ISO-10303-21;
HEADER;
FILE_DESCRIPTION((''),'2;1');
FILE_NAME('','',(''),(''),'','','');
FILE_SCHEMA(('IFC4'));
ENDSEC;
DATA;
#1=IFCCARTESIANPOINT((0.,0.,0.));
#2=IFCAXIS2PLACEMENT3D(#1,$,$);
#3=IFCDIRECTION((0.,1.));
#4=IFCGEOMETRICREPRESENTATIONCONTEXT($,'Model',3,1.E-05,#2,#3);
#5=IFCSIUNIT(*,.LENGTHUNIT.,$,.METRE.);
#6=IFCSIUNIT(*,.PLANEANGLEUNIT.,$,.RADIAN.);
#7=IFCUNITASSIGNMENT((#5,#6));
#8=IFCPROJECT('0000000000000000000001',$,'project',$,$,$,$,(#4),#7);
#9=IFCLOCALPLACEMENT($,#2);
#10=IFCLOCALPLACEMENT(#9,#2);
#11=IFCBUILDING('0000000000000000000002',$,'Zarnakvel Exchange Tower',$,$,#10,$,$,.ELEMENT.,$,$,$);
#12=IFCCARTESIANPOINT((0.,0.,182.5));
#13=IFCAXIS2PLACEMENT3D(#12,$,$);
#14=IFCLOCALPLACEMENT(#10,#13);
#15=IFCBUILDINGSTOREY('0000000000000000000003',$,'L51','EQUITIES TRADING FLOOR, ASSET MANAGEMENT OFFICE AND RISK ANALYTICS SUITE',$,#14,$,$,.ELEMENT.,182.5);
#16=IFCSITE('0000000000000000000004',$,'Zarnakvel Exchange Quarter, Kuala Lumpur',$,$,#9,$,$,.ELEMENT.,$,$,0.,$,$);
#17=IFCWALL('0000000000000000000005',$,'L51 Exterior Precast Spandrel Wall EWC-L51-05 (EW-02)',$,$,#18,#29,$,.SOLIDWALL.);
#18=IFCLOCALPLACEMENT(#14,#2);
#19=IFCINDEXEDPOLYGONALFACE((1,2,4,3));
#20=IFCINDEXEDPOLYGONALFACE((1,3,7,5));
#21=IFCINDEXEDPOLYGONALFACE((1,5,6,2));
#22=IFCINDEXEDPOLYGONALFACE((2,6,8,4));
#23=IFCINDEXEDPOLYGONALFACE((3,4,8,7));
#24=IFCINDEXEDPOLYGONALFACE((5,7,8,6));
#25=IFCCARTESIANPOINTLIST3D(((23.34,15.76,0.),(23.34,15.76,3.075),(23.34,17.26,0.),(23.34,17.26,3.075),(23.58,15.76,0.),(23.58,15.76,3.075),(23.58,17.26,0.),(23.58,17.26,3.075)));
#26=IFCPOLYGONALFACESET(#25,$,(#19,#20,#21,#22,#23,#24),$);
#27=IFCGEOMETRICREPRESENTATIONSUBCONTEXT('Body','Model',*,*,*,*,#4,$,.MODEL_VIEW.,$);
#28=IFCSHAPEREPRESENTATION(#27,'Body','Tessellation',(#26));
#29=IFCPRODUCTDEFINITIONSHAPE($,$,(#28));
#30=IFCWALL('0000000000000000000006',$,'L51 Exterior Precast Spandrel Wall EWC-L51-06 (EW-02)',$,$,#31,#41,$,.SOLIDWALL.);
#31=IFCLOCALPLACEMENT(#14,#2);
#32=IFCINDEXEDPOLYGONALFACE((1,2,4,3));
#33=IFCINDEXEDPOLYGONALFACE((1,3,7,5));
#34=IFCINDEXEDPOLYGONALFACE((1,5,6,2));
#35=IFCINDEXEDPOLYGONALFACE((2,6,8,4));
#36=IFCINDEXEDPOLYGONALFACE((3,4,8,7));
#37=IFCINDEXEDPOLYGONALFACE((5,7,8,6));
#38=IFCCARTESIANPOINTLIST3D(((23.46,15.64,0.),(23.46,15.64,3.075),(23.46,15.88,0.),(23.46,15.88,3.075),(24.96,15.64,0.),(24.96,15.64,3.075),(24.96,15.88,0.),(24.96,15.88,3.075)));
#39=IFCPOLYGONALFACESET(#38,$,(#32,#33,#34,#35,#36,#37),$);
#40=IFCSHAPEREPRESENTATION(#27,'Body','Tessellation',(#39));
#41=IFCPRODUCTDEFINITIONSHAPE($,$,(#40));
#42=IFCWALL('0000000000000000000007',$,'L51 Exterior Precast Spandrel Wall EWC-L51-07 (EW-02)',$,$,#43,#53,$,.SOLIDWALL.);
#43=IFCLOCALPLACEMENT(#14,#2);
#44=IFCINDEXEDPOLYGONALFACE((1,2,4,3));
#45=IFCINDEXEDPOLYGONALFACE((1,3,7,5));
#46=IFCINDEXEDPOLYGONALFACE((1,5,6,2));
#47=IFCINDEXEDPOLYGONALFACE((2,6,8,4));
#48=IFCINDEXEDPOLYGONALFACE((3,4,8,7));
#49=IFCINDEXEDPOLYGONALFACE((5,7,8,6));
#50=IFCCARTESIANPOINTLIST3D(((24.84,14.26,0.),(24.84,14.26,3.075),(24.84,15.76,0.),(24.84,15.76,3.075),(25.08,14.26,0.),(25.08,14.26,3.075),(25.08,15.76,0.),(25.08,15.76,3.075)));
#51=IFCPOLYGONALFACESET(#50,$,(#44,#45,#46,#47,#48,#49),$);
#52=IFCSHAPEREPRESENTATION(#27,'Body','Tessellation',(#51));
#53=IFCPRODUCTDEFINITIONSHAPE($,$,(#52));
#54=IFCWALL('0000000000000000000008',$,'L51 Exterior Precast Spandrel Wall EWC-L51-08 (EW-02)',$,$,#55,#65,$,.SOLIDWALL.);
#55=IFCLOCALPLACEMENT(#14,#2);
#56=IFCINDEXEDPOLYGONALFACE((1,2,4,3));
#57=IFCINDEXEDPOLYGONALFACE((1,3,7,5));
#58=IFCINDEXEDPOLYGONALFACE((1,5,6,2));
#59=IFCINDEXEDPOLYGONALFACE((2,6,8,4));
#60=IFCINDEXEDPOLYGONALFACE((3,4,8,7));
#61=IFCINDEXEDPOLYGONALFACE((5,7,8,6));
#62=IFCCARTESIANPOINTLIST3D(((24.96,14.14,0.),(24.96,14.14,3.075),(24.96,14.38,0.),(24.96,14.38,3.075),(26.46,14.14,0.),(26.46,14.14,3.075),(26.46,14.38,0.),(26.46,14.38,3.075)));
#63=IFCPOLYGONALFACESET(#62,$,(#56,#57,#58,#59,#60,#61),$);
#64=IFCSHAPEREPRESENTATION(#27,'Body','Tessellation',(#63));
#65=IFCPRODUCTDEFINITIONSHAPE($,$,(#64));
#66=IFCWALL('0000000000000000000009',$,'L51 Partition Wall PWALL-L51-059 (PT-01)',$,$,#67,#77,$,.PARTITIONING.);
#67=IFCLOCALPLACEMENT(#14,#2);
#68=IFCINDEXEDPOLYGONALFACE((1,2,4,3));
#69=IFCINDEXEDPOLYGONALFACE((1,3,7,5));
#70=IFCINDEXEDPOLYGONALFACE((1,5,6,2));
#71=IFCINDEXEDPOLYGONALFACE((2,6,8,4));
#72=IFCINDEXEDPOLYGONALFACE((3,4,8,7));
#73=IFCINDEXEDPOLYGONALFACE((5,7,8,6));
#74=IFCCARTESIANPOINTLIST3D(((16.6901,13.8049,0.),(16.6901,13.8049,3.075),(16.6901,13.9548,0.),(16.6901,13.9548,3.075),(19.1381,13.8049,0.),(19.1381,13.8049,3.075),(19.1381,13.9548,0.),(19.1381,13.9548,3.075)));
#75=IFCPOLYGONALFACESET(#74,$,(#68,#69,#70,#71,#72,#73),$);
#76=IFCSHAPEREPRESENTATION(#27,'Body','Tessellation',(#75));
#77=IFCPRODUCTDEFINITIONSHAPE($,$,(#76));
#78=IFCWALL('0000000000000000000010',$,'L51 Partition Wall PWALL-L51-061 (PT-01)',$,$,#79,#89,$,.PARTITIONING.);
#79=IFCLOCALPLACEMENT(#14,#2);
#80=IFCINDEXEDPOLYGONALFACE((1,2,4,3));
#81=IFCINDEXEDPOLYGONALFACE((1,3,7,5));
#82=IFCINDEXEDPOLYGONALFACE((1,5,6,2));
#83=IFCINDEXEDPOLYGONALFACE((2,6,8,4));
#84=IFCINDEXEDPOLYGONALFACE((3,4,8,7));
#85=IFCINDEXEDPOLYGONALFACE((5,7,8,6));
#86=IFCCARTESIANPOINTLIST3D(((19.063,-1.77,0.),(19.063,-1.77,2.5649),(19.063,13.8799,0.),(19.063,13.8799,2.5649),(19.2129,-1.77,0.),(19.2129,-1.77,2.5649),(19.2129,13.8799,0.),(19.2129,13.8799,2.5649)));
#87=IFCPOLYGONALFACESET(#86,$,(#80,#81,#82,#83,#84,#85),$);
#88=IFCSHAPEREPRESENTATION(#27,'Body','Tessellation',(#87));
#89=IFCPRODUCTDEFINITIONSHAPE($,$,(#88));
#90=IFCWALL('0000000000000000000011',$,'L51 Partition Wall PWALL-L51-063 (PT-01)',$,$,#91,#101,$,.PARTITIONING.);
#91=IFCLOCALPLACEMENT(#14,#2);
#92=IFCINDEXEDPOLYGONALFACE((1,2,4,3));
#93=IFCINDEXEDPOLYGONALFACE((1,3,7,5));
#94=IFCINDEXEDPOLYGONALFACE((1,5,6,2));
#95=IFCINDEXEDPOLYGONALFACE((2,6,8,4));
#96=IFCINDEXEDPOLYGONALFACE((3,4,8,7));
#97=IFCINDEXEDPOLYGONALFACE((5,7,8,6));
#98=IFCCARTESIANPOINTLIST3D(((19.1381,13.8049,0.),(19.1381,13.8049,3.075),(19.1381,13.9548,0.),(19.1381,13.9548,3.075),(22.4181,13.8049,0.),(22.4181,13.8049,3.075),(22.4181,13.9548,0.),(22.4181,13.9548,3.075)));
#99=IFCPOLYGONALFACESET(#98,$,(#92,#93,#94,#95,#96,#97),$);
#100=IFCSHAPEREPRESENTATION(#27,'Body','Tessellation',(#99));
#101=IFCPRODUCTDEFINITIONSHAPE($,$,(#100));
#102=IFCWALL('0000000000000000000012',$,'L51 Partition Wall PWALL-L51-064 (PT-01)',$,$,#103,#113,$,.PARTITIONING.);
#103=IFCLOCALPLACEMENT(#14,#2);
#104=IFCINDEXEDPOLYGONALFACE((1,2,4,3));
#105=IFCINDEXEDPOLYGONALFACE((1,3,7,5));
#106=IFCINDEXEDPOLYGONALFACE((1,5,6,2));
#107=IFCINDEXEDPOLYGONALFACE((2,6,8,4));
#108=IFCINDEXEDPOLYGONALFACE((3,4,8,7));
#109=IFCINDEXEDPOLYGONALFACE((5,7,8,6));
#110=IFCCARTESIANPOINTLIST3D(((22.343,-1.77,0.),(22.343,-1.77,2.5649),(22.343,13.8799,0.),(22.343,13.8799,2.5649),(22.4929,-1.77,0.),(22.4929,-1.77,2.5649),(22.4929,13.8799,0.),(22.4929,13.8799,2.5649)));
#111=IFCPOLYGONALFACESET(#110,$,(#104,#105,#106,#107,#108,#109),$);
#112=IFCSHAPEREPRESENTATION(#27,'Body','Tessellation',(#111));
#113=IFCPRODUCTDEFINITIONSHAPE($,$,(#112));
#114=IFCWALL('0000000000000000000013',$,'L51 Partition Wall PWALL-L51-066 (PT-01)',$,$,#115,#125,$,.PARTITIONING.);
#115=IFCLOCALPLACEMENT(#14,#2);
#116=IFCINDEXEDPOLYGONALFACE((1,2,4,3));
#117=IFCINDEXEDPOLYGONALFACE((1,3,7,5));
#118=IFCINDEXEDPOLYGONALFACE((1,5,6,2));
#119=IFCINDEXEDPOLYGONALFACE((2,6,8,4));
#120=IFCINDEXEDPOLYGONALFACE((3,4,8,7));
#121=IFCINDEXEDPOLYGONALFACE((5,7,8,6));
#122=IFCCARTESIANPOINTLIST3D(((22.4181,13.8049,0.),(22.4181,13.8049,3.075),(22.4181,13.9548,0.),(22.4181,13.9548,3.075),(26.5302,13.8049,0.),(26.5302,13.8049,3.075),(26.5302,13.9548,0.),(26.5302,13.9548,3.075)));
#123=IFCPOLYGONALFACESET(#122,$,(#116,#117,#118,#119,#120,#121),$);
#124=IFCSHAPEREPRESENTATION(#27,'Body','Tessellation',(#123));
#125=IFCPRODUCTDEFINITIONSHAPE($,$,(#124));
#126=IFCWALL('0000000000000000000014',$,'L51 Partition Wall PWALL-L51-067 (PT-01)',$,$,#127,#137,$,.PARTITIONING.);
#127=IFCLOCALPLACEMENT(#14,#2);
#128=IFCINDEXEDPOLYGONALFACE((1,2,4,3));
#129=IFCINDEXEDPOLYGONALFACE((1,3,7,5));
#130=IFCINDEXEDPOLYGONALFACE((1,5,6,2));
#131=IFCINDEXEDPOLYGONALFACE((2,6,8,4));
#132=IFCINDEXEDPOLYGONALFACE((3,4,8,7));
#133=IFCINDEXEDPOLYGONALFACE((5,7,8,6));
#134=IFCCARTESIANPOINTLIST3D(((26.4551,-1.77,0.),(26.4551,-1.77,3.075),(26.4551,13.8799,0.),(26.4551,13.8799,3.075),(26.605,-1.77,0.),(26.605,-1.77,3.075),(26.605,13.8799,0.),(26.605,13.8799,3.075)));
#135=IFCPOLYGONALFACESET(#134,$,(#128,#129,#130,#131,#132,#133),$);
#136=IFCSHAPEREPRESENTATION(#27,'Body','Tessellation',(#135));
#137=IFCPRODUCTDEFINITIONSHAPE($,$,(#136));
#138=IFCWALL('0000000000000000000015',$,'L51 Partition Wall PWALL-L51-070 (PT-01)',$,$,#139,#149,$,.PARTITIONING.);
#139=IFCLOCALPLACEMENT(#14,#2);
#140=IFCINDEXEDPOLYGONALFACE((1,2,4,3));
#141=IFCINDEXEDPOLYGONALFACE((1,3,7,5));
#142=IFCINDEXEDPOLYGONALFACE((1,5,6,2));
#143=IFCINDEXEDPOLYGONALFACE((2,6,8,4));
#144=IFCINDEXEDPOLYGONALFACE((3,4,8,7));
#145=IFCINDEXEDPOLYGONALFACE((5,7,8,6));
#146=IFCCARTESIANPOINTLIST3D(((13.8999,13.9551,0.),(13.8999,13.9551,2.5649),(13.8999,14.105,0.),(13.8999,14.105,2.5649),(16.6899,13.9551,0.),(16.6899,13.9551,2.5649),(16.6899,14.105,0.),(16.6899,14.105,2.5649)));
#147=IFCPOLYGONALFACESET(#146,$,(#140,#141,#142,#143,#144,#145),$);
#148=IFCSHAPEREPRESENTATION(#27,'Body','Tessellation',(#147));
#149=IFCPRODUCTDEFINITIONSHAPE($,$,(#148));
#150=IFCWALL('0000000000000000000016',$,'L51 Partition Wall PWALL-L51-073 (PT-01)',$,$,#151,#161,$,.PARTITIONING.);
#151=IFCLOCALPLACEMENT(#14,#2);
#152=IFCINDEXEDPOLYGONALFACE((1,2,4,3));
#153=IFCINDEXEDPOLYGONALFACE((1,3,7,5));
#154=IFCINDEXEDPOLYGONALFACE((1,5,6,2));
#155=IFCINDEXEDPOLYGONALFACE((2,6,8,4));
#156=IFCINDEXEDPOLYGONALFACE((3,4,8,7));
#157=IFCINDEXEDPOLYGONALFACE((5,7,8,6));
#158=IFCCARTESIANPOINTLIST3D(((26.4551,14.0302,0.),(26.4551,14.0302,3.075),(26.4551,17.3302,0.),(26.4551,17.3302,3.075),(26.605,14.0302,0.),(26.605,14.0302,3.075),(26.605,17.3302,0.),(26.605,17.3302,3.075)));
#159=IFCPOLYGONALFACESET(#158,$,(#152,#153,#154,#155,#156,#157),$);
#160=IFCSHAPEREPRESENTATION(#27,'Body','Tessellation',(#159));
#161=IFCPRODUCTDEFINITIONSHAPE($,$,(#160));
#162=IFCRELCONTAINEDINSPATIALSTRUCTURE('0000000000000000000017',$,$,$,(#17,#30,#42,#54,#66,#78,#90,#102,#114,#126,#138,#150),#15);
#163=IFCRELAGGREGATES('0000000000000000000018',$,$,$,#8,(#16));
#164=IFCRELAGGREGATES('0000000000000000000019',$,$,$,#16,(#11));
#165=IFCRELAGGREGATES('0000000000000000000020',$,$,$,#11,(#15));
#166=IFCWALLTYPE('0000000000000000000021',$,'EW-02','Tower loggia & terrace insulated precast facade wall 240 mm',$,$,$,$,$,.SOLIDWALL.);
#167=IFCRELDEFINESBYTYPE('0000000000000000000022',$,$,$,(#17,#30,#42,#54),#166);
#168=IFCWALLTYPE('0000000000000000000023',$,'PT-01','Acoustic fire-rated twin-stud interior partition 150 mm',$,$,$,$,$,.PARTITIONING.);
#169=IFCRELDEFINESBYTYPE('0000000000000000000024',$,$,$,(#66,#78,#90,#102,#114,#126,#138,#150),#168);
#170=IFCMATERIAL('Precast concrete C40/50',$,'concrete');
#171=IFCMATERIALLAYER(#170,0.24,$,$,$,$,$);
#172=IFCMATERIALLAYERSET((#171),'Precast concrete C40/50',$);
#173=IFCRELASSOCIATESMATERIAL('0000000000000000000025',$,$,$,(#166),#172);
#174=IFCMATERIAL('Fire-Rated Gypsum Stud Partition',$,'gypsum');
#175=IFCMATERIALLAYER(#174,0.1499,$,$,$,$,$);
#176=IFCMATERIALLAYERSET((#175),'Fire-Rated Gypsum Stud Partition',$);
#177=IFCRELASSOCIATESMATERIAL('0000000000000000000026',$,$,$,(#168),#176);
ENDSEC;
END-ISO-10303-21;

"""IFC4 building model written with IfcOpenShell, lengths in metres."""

from ifc_helpers import new_model, si_unit, direction, frame, frame_2d, origin, place, context, subcontext, project, spatial, rectangle, extrude, material, layer, layer_set, type_object, element, save


model = new_model("IFC4")

# Units and contexts
model_context = context("Model", 3, precision=1e-05, world=origin(), true_north=direction((0.0, 1.0)))
body_context = subcontext(model_context, "Body", "Model", "MODEL_VIEW")
ifc_project = project(units=[si_unit("LENGTHUNIT", "METRE"), si_unit("PLANEANGLEUNIT", "RADIAN")], contexts=[model_context])

# Site, building, storey
site_placement = place(None, origin())
site = spatial("IfcSite", under=ifc_project, at=site_placement, Name="Zarnakvel Exchange Quarter, Kuala Lumpur", CompositionType="ELEMENT", RefElevation=0.0)
building_placement = place(site_placement, origin())
building = spatial("IfcBuilding", under=site, at=building_placement, Name="Zarnakvel Exchange Tower", CompositionType="ELEMENT")
storey_placement = place(building_placement, frame((0.0, 0.0, 182.5)))
storey = spatial("IfcBuildingStorey", under=building, at=storey_placement, Name="L51", Description="EQUITIES TRADING FLOOR, ASSET MANAGEMENT OFFICE AND RISK ANALYTICS SUITE", CompositionType="ELEMENT", Elevation=182.5)

# Walls
ifc_material_1 = material(Name="Precast concrete C40/50", Category="concrete")
ifc_layer_1 = layer(ifc_material_1, 0.24)
ifc_layer_set_1 = layer_set([ifc_layer_1], Name="Precast concrete C40/50")
wall_type_1 = type_object("IfcWallType", Name="EW-02", Description="Tower loggia & terrace insulated precast facade wall 240 mm", PredefinedType="SOLIDWALL", material=ifc_layer_set_1)
for number, where, z_axis, x_axis, name in (
    (1, (23.46, 15.76, 0.0), (0.0, 0.0, 1.0), (0.0, 1.0, 0.0), "L51 Exterior Precast Spandrel Wall EWC-L51-05 (EW-02)"),
    (2, (24.96, 15.76, 0.0), (0.0, 0.0, 1.0), (-1.0, 0.0, 0.0), "L51 Exterior Precast Spandrel Wall EWC-L51-06 (EW-02)"),
    (3, (24.96, 14.26, 0.0), (0.0, 0.0, 1.0), (0.0, 1.0, 0.0), "L51 Exterior Precast Spandrel Wall EWC-L51-07 (EW-02)"),
    (4, (26.46, 14.26, 0.0), (0.0, 0.0, 1.0), (-1.0, 0.0, 0.0), "L51 Exterior Precast Spandrel Wall EWC-L51-08 (EW-02)"),
):
    element("IfcWall", number, at=place(storey_placement, frame(where, z_axis=z_axis, x_axis=x_axis)), inside=storey, type_object=wall_type_1, Name=name, PredefinedType="SOLIDWALL", context=body_context, shape_type="SweptSolid", body=[
        extrude(rectangle(XDim=1.5, YDim=0.24, at=frame_2d((0.75, 0.0))), origin(), (0.0, 0.0, 1.0), 3.075),
    ])
ifc_material_2 = material(Name="Fire-Rated Gypsum Stud Partition", Category="gypsum")
ifc_layer_2 = layer(ifc_material_2, 0.1499)
ifc_layer_set_2 = layer_set([ifc_layer_2], Name="Fire-Rated Gypsum Stud Partition")
wall_type_2 = type_object("IfcWallType", Name="PT-01", Description="Acoustic fire-rated twin-stud interior partition 150 mm", PredefinedType="PARTITIONING", material=ifc_layer_set_2)
wall_1_placement = place(storey_placement, frame((16.6899, 13.8799, 0.0), z_axis=(0.0, 0.0, 1.0), x_axis=(1.0, 0.0, 0.0)))
element("IfcWall", 5, at=wall_1_placement, inside=storey, type_object=wall_type_2, Name="L51 Partition Wall PWALL-L51-059 (PT-01)", PredefinedType="PARTITIONING", context=body_context, shape_type="SweptSolid", body=[
    extrude(rectangle(XDim=2.448, YDim=0.1499, at=frame_2d((1.2241, 0.0))), origin(), (0.0, 0.0, 1.0), 3.075),
])
wall_2_placement = place(storey_placement, frame((19.1379, 13.8799, 0.0), z_axis=(0.0, 0.0, 1.0), x_axis=(0.0, -1.0, 0.0)))
element("IfcWall", 6, at=wall_2_placement, inside=storey, type_object=wall_type_2, Name="L51 Partition Wall PWALL-L51-061 (PT-01)", PredefinedType="PARTITIONING", context=body_context, shape_type="SweptSolid", body=[
    extrude(rectangle(XDim=15.6499, YDim=0.1499, at=frame_2d((7.825, 0.0))), origin(), (0.0, 0.0, 1.0), 2.5649),
])
wall_3_placement = place(storey_placement, frame((19.1379, 13.8799, 0.0), z_axis=(0.0, 0.0, 1.0), x_axis=(1.0, 0.0, 0.0)))
element("IfcWall", 7, at=wall_3_placement, inside=storey, type_object=wall_type_2, Name="L51 Partition Wall PWALL-L51-063 (PT-01)", PredefinedType="PARTITIONING", context=body_context, shape_type="SweptSolid", body=[
    extrude(rectangle(XDim=3.28, YDim=0.1499, at=frame_2d((1.6401, 0.0))), origin(), (0.0, 0.0, 1.0), 3.075),
])
wall_4_placement = place(storey_placement, frame((22.418, 13.8799, 0.0), z_axis=(0.0, 0.0, 1.0), x_axis=(0.0, -1.0, 0.0)))
element("IfcWall", 8, at=wall_4_placement, inside=storey, type_object=wall_type_2, Name="L51 Partition Wall PWALL-L51-064 (PT-01)", PredefinedType="PARTITIONING", context=body_context, shape_type="SweptSolid", body=[
    extrude(rectangle(XDim=15.6499, YDim=0.1499, at=frame_2d((7.825, 0.0))), origin(), (0.0, 0.0, 1.0), 2.5649),
])
wall_5_placement = place(storey_placement, frame((22.418, 13.8799, 0.0), z_axis=(0.0, 0.0, 1.0), x_axis=(1.0, 0.0, 0.0)))
element("IfcWall", 9, at=wall_5_placement, inside=storey, type_object=wall_type_2, Name="L51 Partition Wall PWALL-L51-066 (PT-01)", PredefinedType="PARTITIONING", context=body_context, shape_type="SweptSolid", body=[
    extrude(rectangle(XDim=4.1121, YDim=0.1499, at=frame_2d((2.0562, 0.0))), origin(), (0.0, 0.0, 1.0), 3.075),
])
wall_6_placement = place(storey_placement, frame((26.53, 13.8799, 0.0), z_axis=(0.0, 0.0, 1.0), x_axis=(0.0, -1.0, 0.0)))
element("IfcWall", 10, at=wall_6_placement, inside=storey, type_object=wall_type_2, Name="L51 Partition Wall PWALL-L51-067 (PT-01)", PredefinedType="PARTITIONING", context=body_context, shape_type="SweptSolid", body=[
    extrude(rectangle(XDim=15.6499, YDim=0.1499, at=frame_2d((7.825, 0.0))), origin(), (0.0, 0.0, 1.0), 3.075),
])
wall_7_placement = place(storey_placement, frame((16.6899, 14.03, 0.0), z_axis=(0.0, 0.0, 1.0), x_axis=(-1.0, 0.0, 0.0)))
element("IfcWall", 11, at=wall_7_placement, inside=storey, type_object=wall_type_2, Name="L51 Partition Wall PWALL-L51-070 (PT-01)", PredefinedType="PARTITIONING", context=body_context, shape_type="SweptSolid", body=[
    extrude(rectangle(XDim=2.79, YDim=0.1499, at=frame_2d((1.395, 0.0))), origin(), (0.0, 0.0, 1.0), 2.5649),
])
wall_8_placement = place(storey_placement, frame((26.53, 17.3301, 0.0), z_axis=(0.0, 0.0, 1.0), x_axis=(0.0, -1.0, 0.0)))
element("IfcWall", 12, at=wall_8_placement, inside=storey, type_object=wall_type_2, Name="L51 Partition Wall PWALL-L51-073 (PT-01)", PredefinedType="PARTITIONING", context=body_context, shape_type="SweptSolid", body=[
    extrude(rectangle(XDim=3.3, YDim=0.1499, at=frame_2d((1.6499, 0.0))), origin(), (0.0, 0.0, 1.0), 3.075),
])

save(model, "model.ifc")
